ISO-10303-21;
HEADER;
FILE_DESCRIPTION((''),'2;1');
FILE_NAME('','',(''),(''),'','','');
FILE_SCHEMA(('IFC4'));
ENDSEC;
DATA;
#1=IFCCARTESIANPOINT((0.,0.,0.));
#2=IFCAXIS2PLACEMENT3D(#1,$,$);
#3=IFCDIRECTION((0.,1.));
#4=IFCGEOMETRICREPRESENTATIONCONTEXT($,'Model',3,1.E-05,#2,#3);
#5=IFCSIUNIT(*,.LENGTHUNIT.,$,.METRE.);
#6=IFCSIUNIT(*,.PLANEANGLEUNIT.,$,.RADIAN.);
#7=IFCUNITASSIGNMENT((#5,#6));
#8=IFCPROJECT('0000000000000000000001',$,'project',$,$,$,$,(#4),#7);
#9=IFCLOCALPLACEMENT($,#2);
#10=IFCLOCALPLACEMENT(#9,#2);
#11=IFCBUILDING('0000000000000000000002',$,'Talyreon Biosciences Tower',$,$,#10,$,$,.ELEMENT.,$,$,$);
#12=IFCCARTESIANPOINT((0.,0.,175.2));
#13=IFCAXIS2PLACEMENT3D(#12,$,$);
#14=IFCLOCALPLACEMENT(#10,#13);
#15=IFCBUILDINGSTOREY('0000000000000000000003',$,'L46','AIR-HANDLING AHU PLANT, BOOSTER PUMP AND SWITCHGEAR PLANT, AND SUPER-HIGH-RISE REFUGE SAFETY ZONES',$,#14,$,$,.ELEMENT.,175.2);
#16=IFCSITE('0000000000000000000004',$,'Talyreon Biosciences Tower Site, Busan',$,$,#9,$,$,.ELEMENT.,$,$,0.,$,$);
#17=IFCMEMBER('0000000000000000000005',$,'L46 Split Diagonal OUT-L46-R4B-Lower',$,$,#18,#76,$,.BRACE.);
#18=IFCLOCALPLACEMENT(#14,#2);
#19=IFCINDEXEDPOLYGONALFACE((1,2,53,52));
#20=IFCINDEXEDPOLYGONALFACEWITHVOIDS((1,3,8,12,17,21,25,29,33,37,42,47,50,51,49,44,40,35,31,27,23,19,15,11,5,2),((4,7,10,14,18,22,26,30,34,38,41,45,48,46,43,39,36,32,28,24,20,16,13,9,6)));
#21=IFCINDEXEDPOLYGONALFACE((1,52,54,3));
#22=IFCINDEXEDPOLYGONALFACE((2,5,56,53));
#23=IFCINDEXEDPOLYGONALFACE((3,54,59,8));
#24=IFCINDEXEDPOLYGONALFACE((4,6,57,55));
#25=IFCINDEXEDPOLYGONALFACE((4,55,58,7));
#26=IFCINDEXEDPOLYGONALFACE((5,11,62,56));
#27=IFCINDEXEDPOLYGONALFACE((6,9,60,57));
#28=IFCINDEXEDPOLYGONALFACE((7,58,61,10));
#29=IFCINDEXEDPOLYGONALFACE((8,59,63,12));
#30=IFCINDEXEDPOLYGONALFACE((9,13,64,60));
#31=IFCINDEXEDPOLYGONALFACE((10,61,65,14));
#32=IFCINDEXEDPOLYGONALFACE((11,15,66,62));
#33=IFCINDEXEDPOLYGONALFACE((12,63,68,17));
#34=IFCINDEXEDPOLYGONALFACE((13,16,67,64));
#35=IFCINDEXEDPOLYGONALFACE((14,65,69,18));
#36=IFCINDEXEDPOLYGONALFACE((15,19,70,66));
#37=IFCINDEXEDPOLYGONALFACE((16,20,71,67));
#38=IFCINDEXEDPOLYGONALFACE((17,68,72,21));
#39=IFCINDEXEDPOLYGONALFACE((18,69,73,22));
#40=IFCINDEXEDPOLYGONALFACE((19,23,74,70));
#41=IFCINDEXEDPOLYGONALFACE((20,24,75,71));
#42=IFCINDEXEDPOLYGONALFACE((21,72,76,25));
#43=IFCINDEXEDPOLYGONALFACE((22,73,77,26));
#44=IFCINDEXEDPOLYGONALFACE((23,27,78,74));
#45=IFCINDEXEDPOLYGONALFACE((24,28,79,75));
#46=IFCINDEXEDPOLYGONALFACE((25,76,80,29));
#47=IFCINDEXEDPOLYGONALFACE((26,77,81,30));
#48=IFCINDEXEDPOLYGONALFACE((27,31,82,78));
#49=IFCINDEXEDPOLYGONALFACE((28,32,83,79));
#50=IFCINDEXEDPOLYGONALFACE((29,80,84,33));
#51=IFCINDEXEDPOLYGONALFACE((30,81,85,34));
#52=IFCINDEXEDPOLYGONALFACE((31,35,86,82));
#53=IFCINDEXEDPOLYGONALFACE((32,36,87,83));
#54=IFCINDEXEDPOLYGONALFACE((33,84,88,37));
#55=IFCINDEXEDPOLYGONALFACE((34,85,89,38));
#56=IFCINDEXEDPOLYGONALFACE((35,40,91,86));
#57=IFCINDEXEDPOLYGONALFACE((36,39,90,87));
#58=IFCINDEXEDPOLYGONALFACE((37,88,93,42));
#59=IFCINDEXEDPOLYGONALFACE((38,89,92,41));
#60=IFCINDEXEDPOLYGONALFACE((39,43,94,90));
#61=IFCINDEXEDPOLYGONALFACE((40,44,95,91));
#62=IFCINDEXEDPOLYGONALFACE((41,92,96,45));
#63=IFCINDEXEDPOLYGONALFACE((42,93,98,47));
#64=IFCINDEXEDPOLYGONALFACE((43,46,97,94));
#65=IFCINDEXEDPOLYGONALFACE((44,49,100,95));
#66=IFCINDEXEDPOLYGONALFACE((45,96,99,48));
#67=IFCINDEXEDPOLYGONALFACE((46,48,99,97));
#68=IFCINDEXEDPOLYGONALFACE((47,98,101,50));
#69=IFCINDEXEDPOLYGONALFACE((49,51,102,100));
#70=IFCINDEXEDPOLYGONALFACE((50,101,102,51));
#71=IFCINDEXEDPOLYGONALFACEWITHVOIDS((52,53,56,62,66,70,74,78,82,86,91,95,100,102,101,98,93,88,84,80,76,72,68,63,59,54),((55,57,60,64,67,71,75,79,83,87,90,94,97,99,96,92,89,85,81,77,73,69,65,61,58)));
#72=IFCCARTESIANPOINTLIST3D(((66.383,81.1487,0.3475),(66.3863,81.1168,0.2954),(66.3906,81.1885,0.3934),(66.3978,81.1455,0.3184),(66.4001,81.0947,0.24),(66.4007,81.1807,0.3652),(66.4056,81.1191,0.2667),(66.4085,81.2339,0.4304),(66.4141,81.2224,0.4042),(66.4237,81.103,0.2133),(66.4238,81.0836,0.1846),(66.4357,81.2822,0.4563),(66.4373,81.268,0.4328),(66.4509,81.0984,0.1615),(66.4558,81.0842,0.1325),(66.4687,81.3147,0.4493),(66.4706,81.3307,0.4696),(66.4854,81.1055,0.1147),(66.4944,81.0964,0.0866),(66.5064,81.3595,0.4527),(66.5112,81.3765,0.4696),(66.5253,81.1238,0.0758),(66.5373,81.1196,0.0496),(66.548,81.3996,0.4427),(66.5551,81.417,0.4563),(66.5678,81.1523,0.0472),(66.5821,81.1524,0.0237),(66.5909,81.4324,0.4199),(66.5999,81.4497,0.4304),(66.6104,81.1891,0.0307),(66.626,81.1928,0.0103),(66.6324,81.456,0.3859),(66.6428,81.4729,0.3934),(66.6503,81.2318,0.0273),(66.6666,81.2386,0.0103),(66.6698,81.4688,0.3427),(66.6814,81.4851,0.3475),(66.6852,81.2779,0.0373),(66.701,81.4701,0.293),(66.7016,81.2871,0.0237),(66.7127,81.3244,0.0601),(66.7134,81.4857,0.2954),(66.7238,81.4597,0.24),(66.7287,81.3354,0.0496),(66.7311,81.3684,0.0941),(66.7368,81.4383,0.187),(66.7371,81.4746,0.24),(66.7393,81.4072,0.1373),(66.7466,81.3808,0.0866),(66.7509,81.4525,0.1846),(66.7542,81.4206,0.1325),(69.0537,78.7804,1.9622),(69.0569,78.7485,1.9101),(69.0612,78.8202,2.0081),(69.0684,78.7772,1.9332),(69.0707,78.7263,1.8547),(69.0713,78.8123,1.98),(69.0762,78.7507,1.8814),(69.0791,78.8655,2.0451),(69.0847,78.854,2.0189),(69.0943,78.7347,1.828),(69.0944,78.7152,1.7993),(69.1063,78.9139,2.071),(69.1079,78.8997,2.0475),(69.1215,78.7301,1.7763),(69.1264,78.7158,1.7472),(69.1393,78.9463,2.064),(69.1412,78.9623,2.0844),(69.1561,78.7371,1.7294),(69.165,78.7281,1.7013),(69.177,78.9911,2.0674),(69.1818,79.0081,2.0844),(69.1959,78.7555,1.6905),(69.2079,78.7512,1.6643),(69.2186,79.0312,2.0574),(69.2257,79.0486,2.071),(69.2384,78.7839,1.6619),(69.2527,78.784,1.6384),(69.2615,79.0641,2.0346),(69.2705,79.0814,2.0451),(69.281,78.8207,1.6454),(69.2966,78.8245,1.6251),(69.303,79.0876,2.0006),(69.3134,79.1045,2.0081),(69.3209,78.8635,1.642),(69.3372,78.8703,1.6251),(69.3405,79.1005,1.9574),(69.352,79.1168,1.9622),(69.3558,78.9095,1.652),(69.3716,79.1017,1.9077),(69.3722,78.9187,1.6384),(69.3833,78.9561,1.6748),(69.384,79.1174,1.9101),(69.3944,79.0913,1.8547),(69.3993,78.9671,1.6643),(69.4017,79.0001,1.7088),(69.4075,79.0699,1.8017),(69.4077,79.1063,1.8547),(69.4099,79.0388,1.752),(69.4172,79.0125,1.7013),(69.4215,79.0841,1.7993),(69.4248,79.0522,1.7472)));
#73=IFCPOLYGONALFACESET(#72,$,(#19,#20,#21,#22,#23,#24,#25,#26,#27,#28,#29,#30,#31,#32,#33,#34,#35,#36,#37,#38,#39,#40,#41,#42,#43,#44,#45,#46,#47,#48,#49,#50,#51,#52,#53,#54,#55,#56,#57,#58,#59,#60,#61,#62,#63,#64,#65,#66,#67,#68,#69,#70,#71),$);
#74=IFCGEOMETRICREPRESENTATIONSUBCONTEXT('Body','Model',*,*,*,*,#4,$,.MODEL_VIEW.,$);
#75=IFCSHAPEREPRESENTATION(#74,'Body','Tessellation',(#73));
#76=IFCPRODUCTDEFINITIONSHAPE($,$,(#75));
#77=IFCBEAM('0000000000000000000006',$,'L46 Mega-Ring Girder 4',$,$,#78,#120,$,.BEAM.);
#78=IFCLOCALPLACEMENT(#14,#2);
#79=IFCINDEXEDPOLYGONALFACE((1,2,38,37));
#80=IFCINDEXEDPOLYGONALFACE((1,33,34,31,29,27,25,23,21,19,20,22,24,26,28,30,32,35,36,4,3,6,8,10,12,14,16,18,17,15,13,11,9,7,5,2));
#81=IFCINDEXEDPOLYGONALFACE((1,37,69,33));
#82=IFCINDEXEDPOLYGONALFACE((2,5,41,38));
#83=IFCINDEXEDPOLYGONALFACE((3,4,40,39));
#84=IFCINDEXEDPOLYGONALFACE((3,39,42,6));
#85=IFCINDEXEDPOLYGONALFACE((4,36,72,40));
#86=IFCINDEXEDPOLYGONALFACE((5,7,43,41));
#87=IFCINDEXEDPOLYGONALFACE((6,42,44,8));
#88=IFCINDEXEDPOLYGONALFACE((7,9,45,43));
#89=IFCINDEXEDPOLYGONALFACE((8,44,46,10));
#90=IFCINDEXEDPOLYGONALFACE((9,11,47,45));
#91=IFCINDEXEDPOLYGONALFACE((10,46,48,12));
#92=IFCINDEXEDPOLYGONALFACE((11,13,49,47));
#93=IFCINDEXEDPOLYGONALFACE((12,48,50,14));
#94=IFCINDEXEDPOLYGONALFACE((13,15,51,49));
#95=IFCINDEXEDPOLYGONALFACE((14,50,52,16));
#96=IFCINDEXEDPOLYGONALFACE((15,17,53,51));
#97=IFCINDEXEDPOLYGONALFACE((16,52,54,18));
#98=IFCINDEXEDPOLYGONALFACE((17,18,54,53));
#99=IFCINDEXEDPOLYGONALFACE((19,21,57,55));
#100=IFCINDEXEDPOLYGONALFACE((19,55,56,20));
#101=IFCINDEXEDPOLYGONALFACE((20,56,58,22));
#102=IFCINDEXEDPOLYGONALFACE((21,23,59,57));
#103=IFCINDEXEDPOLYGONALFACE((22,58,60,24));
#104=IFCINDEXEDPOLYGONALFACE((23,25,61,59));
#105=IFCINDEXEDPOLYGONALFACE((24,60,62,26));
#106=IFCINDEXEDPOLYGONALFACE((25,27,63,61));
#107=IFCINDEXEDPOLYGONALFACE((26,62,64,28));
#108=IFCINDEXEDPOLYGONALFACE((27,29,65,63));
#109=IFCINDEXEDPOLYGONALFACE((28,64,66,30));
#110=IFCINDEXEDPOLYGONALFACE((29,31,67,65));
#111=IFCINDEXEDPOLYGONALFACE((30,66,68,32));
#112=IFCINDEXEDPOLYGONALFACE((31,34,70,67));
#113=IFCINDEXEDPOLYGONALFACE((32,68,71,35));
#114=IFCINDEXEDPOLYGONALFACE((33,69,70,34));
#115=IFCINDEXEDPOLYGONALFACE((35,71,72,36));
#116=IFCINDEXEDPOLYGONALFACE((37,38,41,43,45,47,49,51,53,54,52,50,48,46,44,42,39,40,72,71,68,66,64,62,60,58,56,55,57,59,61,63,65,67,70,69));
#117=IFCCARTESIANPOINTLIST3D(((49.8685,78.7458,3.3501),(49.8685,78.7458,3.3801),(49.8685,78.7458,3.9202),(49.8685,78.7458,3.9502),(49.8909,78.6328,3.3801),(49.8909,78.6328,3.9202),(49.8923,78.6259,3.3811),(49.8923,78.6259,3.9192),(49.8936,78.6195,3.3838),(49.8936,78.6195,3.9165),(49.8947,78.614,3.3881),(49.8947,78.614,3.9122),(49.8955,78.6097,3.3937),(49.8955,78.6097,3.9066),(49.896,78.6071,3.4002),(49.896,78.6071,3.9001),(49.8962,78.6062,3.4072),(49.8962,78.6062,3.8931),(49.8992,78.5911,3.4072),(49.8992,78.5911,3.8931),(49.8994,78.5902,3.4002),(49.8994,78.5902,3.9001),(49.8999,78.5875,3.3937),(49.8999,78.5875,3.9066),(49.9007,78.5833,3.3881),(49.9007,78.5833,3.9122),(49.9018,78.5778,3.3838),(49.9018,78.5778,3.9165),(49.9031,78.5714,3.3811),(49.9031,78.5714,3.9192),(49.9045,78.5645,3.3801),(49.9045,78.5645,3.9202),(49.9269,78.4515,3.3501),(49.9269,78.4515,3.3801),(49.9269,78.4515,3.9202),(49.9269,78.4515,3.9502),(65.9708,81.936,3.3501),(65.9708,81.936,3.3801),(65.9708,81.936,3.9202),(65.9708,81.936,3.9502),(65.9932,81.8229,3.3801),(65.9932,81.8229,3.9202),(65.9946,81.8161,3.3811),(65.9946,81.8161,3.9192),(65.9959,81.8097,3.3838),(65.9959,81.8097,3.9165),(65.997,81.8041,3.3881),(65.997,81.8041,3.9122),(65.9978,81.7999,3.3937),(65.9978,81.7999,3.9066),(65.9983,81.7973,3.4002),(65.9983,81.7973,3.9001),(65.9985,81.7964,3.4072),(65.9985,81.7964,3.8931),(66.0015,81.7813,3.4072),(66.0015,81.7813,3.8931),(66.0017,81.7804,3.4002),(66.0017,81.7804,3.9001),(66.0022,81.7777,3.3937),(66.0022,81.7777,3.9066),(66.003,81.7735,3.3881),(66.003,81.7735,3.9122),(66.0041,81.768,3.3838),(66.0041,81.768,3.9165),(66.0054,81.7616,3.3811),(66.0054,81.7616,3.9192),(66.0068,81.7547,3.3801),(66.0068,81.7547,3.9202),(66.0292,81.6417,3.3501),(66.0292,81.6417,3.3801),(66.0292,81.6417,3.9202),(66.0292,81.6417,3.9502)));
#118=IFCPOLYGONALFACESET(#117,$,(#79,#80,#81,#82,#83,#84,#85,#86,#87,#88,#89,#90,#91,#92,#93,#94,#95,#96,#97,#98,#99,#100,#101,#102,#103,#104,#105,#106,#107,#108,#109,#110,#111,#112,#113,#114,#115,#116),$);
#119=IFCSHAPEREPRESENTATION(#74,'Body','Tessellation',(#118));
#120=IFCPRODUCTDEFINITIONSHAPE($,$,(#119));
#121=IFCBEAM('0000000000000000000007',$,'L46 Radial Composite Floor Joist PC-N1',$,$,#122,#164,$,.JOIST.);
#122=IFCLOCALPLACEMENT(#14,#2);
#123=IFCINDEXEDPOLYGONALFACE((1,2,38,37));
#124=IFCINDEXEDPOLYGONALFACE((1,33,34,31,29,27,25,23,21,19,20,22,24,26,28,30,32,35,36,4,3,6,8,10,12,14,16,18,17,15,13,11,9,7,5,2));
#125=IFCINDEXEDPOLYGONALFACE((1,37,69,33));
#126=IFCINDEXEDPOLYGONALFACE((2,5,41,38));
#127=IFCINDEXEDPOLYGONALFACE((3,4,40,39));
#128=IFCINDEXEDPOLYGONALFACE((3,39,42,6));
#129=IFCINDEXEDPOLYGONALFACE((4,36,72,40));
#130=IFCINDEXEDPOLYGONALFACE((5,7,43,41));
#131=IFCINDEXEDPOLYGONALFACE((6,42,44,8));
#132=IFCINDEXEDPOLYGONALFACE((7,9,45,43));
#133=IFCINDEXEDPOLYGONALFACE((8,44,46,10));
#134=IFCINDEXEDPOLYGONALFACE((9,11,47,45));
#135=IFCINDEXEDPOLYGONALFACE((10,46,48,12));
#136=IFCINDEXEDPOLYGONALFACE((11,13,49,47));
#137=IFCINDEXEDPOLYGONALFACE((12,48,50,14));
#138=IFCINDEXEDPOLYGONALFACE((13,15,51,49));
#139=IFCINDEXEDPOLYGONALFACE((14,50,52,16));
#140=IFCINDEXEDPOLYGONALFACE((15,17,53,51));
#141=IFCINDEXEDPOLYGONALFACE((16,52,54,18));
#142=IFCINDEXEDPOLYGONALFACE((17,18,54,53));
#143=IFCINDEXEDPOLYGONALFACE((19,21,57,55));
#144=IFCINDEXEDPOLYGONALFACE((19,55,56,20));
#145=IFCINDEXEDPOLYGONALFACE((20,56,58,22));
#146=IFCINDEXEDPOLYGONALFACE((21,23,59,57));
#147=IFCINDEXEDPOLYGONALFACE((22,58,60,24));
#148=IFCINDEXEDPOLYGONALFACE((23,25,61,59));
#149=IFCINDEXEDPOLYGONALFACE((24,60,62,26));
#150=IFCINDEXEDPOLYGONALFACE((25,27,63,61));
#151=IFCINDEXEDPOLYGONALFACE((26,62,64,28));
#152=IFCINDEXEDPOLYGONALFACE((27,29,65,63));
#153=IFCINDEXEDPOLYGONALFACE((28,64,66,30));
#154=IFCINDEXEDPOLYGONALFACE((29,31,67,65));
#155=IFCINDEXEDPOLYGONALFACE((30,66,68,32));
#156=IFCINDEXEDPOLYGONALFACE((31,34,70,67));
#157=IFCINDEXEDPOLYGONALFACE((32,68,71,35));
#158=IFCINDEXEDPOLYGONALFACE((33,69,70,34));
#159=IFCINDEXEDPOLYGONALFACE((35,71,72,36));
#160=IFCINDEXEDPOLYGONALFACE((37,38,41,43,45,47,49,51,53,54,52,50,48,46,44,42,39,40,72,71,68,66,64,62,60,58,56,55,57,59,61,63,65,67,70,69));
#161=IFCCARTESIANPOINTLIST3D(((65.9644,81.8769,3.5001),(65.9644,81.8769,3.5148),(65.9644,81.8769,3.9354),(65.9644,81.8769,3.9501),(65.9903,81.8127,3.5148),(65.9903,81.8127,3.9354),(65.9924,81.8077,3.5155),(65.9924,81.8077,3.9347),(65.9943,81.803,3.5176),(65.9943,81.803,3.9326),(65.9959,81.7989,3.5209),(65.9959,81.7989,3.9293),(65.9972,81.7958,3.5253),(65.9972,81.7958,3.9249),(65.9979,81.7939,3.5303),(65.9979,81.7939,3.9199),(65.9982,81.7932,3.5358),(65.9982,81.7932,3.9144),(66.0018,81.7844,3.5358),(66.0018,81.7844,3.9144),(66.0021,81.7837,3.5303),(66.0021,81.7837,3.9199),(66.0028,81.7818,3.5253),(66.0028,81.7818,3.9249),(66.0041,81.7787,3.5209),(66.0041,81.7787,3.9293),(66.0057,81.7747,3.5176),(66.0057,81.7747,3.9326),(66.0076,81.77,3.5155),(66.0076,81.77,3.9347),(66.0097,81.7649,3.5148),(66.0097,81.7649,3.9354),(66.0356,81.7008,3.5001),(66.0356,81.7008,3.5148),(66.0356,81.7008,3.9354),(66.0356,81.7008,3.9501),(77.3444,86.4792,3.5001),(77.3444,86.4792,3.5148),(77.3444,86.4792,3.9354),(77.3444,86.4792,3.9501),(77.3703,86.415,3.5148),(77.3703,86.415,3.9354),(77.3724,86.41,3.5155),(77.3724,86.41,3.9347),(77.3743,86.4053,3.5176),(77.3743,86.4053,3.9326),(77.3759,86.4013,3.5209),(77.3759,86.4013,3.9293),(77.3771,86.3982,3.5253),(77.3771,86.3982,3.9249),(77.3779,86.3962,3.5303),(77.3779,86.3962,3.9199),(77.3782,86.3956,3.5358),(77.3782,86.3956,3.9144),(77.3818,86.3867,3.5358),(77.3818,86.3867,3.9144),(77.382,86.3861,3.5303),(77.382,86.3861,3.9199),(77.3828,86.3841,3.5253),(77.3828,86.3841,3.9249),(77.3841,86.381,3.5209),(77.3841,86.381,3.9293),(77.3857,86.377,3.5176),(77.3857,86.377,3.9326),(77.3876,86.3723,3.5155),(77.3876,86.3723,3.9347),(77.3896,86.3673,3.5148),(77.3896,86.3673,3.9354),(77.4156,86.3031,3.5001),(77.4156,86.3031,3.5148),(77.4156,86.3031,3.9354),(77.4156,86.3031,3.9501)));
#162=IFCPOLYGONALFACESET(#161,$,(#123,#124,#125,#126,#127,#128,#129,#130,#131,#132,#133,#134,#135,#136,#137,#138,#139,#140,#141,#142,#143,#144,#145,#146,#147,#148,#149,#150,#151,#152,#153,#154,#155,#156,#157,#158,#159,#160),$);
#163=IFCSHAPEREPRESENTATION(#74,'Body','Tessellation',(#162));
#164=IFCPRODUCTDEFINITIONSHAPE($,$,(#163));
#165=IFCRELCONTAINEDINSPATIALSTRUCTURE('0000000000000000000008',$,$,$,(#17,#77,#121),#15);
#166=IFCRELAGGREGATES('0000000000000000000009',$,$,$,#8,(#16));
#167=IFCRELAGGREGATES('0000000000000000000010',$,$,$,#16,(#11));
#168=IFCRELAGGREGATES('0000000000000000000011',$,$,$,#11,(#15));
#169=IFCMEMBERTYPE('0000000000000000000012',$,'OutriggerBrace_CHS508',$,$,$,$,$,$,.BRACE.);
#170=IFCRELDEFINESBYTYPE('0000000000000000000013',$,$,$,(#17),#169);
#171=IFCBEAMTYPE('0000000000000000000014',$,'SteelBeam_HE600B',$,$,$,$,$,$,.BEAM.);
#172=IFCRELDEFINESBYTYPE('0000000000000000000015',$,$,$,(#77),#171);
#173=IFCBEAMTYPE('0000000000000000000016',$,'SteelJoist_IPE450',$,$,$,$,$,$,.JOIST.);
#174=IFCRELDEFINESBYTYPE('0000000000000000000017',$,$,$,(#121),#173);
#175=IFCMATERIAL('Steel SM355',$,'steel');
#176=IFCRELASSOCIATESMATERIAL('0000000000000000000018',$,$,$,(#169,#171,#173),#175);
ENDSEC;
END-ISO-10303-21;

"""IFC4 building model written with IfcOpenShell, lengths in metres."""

from ifc_helpers import new_model, si_unit, direction, frame, origin, origin_2d, place, context, subcontext, project, spatial, hollow_circle, i_section, extrude, material, material_profile, profile_set, type_object, element, save


model = new_model("IFC4")

# Units and contexts
model_context = context("Model", 3, precision=1e-05, world=origin(), true_north=direction((0.0, 1.0)))
body_context = subcontext(model_context, "Body", "Model", "MODEL_VIEW")
ifc_project = project(units=[si_unit("LENGTHUNIT", "METRE"), si_unit("PLANEANGLEUNIT", "RADIAN")], contexts=[model_context])

# Site, building, storey
site_placement = place(None, origin())
site = spatial("IfcSite", under=ifc_project, at=site_placement, Name="Talyreon Biosciences Tower Site, Busan", CompositionType="ELEMENT", RefElevation=0.0)
building_placement = place(site_placement, origin())
building = spatial("IfcBuilding", under=site, at=building_placement, Name="Talyreon Biosciences Tower", CompositionType="ELEMENT")
storey_placement = place(building_placement, frame((0.0, 0.0, 175.2)))
storey = spatial("IfcBuildingStorey", under=building, at=storey_placement, Name="L46", Description="AIR-HANDLING AHU PLANT, BOOSTER PUMP AND SWITCHGEAR PLANT, AND SUPER-HIGH-RISE REFUGE SAFETY ZONES", CompositionType="ELEMENT", Elevation=175.2)

# Shared definitions
ifc_material_1 = material(Name="Steel SM355", Category="steel")

# Member
ifc_material_profile_1 = material_profile(ifc_material_1, hollow_circle(Radius=0.2539, WallThickness=0.02, at=origin_2d()), Name="CHS 508x20")
ifc_profile_set_1 = profile_set([ifc_material_profile_1], Name="Steel SM355")
member_type_1 = type_object("IfcMemberType", Name="OutriggerBrace_CHS508", PredefinedType="BRACE", material=ifc_profile_set_1)
member_1_placement = place(storey_placement, frame((66.5686, 81.2847, 0.24), z_axis=(0.681672, -0.604525, 0.412156), x_axis=(0.663502, 0.748175, 0.0)))
element("IfcMember", 1, at=member_1_placement, inside=storey, type_object=member_type_1, Name="L46 Split Diagonal OUT-L46-R4B-Lower", PredefinedType="BRACE", context=body_context, shape_type="SweptSolid", body=[
    extrude(hollow_circle(Radius=0.2539, WallThickness=0.02, at=origin_2d()), origin(), (0.0, 0.0, 1.0), 3.9177),
])

# Beams
ifc_material_profile_2 = material_profile(ifc_material_1, i_section(OverallWidth=0.3, OverallDepth=0.6001, WebThickness=0.0154, FlangeThickness=0.03, FilletRadius=0.0271, at=origin_2d()), Name="HE600B")
ifc_profile_set_2 = profile_set([ifc_material_profile_2], Name="Steel SM355")
beam_type_1 = type_object("IfcBeamType", Name="SteelBeam_HE600B", PredefinedType="BEAM", material=ifc_profile_set_2)
beam_1_placement = place(storey_placement, frame((66.0, 81.7888, 3.6501), z_axis=(-0.980934, -0.194343, 0.0), x_axis=(0.194343, -0.980934, 0.0)))
element("IfcBeam", 2, at=beam_1_placement, inside=storey, type_object=beam_type_1, Name="L46 Mega-Ring Girder 4", PredefinedType="BEAM", context=body_context, shape_type="SweptSolid", body=[
    extrude(i_section(OverallWidth=0.3, OverallDepth=0.6001, WebThickness=0.0154, FlangeThickness=0.03, FilletRadius=0.0271, at=origin_2d()), origin(), (0.0, 0.0, 1.0), 16.4153),
])
ifc_material_profile_3 = material_profile(ifc_material_1, i_section(OverallWidth=0.1899, OverallDepth=0.45, WebThickness=0.0095, FlangeThickness=0.0146, FilletRadius=0.021, at=origin_2d()), Name="IPE450")
ifc_profile_set_3 = profile_set([ifc_material_profile_3], Name="Steel SM355")
beam_type_2 = type_object("IfcBeamType", Name="SteelJoist_IPE450", PredefinedType="JOIST", material=ifc_profile_set_3)
for number, where, z_axis, x_axis, name in (
    (3, (66.0, 81.7888, 3.7251), (0.927056, 0.374923, 0.0), (-0.374923, 0.927056, 0.0), "L46 Radial Composite Floor Joist PC-N1"),
):
    element("IfcBeam", number, at=place(storey_placement, frame(where, z_axis=z_axis, x_axis=x_axis)), inside=storey, type_object=beam_type_2, Name=name, PredefinedType="JOIST", context=body_context, shape_type="SweptSolid", body=[
        extrude(i_section(OverallWidth=0.1899, OverallDepth=0.45, WebThickness=0.0095, FlangeThickness=0.0146, FilletRadius=0.021, at=origin_2d()), origin(), (0.0, 0.0, 1.0), 12.2754),
    ])

save(model, "model.ifc")
